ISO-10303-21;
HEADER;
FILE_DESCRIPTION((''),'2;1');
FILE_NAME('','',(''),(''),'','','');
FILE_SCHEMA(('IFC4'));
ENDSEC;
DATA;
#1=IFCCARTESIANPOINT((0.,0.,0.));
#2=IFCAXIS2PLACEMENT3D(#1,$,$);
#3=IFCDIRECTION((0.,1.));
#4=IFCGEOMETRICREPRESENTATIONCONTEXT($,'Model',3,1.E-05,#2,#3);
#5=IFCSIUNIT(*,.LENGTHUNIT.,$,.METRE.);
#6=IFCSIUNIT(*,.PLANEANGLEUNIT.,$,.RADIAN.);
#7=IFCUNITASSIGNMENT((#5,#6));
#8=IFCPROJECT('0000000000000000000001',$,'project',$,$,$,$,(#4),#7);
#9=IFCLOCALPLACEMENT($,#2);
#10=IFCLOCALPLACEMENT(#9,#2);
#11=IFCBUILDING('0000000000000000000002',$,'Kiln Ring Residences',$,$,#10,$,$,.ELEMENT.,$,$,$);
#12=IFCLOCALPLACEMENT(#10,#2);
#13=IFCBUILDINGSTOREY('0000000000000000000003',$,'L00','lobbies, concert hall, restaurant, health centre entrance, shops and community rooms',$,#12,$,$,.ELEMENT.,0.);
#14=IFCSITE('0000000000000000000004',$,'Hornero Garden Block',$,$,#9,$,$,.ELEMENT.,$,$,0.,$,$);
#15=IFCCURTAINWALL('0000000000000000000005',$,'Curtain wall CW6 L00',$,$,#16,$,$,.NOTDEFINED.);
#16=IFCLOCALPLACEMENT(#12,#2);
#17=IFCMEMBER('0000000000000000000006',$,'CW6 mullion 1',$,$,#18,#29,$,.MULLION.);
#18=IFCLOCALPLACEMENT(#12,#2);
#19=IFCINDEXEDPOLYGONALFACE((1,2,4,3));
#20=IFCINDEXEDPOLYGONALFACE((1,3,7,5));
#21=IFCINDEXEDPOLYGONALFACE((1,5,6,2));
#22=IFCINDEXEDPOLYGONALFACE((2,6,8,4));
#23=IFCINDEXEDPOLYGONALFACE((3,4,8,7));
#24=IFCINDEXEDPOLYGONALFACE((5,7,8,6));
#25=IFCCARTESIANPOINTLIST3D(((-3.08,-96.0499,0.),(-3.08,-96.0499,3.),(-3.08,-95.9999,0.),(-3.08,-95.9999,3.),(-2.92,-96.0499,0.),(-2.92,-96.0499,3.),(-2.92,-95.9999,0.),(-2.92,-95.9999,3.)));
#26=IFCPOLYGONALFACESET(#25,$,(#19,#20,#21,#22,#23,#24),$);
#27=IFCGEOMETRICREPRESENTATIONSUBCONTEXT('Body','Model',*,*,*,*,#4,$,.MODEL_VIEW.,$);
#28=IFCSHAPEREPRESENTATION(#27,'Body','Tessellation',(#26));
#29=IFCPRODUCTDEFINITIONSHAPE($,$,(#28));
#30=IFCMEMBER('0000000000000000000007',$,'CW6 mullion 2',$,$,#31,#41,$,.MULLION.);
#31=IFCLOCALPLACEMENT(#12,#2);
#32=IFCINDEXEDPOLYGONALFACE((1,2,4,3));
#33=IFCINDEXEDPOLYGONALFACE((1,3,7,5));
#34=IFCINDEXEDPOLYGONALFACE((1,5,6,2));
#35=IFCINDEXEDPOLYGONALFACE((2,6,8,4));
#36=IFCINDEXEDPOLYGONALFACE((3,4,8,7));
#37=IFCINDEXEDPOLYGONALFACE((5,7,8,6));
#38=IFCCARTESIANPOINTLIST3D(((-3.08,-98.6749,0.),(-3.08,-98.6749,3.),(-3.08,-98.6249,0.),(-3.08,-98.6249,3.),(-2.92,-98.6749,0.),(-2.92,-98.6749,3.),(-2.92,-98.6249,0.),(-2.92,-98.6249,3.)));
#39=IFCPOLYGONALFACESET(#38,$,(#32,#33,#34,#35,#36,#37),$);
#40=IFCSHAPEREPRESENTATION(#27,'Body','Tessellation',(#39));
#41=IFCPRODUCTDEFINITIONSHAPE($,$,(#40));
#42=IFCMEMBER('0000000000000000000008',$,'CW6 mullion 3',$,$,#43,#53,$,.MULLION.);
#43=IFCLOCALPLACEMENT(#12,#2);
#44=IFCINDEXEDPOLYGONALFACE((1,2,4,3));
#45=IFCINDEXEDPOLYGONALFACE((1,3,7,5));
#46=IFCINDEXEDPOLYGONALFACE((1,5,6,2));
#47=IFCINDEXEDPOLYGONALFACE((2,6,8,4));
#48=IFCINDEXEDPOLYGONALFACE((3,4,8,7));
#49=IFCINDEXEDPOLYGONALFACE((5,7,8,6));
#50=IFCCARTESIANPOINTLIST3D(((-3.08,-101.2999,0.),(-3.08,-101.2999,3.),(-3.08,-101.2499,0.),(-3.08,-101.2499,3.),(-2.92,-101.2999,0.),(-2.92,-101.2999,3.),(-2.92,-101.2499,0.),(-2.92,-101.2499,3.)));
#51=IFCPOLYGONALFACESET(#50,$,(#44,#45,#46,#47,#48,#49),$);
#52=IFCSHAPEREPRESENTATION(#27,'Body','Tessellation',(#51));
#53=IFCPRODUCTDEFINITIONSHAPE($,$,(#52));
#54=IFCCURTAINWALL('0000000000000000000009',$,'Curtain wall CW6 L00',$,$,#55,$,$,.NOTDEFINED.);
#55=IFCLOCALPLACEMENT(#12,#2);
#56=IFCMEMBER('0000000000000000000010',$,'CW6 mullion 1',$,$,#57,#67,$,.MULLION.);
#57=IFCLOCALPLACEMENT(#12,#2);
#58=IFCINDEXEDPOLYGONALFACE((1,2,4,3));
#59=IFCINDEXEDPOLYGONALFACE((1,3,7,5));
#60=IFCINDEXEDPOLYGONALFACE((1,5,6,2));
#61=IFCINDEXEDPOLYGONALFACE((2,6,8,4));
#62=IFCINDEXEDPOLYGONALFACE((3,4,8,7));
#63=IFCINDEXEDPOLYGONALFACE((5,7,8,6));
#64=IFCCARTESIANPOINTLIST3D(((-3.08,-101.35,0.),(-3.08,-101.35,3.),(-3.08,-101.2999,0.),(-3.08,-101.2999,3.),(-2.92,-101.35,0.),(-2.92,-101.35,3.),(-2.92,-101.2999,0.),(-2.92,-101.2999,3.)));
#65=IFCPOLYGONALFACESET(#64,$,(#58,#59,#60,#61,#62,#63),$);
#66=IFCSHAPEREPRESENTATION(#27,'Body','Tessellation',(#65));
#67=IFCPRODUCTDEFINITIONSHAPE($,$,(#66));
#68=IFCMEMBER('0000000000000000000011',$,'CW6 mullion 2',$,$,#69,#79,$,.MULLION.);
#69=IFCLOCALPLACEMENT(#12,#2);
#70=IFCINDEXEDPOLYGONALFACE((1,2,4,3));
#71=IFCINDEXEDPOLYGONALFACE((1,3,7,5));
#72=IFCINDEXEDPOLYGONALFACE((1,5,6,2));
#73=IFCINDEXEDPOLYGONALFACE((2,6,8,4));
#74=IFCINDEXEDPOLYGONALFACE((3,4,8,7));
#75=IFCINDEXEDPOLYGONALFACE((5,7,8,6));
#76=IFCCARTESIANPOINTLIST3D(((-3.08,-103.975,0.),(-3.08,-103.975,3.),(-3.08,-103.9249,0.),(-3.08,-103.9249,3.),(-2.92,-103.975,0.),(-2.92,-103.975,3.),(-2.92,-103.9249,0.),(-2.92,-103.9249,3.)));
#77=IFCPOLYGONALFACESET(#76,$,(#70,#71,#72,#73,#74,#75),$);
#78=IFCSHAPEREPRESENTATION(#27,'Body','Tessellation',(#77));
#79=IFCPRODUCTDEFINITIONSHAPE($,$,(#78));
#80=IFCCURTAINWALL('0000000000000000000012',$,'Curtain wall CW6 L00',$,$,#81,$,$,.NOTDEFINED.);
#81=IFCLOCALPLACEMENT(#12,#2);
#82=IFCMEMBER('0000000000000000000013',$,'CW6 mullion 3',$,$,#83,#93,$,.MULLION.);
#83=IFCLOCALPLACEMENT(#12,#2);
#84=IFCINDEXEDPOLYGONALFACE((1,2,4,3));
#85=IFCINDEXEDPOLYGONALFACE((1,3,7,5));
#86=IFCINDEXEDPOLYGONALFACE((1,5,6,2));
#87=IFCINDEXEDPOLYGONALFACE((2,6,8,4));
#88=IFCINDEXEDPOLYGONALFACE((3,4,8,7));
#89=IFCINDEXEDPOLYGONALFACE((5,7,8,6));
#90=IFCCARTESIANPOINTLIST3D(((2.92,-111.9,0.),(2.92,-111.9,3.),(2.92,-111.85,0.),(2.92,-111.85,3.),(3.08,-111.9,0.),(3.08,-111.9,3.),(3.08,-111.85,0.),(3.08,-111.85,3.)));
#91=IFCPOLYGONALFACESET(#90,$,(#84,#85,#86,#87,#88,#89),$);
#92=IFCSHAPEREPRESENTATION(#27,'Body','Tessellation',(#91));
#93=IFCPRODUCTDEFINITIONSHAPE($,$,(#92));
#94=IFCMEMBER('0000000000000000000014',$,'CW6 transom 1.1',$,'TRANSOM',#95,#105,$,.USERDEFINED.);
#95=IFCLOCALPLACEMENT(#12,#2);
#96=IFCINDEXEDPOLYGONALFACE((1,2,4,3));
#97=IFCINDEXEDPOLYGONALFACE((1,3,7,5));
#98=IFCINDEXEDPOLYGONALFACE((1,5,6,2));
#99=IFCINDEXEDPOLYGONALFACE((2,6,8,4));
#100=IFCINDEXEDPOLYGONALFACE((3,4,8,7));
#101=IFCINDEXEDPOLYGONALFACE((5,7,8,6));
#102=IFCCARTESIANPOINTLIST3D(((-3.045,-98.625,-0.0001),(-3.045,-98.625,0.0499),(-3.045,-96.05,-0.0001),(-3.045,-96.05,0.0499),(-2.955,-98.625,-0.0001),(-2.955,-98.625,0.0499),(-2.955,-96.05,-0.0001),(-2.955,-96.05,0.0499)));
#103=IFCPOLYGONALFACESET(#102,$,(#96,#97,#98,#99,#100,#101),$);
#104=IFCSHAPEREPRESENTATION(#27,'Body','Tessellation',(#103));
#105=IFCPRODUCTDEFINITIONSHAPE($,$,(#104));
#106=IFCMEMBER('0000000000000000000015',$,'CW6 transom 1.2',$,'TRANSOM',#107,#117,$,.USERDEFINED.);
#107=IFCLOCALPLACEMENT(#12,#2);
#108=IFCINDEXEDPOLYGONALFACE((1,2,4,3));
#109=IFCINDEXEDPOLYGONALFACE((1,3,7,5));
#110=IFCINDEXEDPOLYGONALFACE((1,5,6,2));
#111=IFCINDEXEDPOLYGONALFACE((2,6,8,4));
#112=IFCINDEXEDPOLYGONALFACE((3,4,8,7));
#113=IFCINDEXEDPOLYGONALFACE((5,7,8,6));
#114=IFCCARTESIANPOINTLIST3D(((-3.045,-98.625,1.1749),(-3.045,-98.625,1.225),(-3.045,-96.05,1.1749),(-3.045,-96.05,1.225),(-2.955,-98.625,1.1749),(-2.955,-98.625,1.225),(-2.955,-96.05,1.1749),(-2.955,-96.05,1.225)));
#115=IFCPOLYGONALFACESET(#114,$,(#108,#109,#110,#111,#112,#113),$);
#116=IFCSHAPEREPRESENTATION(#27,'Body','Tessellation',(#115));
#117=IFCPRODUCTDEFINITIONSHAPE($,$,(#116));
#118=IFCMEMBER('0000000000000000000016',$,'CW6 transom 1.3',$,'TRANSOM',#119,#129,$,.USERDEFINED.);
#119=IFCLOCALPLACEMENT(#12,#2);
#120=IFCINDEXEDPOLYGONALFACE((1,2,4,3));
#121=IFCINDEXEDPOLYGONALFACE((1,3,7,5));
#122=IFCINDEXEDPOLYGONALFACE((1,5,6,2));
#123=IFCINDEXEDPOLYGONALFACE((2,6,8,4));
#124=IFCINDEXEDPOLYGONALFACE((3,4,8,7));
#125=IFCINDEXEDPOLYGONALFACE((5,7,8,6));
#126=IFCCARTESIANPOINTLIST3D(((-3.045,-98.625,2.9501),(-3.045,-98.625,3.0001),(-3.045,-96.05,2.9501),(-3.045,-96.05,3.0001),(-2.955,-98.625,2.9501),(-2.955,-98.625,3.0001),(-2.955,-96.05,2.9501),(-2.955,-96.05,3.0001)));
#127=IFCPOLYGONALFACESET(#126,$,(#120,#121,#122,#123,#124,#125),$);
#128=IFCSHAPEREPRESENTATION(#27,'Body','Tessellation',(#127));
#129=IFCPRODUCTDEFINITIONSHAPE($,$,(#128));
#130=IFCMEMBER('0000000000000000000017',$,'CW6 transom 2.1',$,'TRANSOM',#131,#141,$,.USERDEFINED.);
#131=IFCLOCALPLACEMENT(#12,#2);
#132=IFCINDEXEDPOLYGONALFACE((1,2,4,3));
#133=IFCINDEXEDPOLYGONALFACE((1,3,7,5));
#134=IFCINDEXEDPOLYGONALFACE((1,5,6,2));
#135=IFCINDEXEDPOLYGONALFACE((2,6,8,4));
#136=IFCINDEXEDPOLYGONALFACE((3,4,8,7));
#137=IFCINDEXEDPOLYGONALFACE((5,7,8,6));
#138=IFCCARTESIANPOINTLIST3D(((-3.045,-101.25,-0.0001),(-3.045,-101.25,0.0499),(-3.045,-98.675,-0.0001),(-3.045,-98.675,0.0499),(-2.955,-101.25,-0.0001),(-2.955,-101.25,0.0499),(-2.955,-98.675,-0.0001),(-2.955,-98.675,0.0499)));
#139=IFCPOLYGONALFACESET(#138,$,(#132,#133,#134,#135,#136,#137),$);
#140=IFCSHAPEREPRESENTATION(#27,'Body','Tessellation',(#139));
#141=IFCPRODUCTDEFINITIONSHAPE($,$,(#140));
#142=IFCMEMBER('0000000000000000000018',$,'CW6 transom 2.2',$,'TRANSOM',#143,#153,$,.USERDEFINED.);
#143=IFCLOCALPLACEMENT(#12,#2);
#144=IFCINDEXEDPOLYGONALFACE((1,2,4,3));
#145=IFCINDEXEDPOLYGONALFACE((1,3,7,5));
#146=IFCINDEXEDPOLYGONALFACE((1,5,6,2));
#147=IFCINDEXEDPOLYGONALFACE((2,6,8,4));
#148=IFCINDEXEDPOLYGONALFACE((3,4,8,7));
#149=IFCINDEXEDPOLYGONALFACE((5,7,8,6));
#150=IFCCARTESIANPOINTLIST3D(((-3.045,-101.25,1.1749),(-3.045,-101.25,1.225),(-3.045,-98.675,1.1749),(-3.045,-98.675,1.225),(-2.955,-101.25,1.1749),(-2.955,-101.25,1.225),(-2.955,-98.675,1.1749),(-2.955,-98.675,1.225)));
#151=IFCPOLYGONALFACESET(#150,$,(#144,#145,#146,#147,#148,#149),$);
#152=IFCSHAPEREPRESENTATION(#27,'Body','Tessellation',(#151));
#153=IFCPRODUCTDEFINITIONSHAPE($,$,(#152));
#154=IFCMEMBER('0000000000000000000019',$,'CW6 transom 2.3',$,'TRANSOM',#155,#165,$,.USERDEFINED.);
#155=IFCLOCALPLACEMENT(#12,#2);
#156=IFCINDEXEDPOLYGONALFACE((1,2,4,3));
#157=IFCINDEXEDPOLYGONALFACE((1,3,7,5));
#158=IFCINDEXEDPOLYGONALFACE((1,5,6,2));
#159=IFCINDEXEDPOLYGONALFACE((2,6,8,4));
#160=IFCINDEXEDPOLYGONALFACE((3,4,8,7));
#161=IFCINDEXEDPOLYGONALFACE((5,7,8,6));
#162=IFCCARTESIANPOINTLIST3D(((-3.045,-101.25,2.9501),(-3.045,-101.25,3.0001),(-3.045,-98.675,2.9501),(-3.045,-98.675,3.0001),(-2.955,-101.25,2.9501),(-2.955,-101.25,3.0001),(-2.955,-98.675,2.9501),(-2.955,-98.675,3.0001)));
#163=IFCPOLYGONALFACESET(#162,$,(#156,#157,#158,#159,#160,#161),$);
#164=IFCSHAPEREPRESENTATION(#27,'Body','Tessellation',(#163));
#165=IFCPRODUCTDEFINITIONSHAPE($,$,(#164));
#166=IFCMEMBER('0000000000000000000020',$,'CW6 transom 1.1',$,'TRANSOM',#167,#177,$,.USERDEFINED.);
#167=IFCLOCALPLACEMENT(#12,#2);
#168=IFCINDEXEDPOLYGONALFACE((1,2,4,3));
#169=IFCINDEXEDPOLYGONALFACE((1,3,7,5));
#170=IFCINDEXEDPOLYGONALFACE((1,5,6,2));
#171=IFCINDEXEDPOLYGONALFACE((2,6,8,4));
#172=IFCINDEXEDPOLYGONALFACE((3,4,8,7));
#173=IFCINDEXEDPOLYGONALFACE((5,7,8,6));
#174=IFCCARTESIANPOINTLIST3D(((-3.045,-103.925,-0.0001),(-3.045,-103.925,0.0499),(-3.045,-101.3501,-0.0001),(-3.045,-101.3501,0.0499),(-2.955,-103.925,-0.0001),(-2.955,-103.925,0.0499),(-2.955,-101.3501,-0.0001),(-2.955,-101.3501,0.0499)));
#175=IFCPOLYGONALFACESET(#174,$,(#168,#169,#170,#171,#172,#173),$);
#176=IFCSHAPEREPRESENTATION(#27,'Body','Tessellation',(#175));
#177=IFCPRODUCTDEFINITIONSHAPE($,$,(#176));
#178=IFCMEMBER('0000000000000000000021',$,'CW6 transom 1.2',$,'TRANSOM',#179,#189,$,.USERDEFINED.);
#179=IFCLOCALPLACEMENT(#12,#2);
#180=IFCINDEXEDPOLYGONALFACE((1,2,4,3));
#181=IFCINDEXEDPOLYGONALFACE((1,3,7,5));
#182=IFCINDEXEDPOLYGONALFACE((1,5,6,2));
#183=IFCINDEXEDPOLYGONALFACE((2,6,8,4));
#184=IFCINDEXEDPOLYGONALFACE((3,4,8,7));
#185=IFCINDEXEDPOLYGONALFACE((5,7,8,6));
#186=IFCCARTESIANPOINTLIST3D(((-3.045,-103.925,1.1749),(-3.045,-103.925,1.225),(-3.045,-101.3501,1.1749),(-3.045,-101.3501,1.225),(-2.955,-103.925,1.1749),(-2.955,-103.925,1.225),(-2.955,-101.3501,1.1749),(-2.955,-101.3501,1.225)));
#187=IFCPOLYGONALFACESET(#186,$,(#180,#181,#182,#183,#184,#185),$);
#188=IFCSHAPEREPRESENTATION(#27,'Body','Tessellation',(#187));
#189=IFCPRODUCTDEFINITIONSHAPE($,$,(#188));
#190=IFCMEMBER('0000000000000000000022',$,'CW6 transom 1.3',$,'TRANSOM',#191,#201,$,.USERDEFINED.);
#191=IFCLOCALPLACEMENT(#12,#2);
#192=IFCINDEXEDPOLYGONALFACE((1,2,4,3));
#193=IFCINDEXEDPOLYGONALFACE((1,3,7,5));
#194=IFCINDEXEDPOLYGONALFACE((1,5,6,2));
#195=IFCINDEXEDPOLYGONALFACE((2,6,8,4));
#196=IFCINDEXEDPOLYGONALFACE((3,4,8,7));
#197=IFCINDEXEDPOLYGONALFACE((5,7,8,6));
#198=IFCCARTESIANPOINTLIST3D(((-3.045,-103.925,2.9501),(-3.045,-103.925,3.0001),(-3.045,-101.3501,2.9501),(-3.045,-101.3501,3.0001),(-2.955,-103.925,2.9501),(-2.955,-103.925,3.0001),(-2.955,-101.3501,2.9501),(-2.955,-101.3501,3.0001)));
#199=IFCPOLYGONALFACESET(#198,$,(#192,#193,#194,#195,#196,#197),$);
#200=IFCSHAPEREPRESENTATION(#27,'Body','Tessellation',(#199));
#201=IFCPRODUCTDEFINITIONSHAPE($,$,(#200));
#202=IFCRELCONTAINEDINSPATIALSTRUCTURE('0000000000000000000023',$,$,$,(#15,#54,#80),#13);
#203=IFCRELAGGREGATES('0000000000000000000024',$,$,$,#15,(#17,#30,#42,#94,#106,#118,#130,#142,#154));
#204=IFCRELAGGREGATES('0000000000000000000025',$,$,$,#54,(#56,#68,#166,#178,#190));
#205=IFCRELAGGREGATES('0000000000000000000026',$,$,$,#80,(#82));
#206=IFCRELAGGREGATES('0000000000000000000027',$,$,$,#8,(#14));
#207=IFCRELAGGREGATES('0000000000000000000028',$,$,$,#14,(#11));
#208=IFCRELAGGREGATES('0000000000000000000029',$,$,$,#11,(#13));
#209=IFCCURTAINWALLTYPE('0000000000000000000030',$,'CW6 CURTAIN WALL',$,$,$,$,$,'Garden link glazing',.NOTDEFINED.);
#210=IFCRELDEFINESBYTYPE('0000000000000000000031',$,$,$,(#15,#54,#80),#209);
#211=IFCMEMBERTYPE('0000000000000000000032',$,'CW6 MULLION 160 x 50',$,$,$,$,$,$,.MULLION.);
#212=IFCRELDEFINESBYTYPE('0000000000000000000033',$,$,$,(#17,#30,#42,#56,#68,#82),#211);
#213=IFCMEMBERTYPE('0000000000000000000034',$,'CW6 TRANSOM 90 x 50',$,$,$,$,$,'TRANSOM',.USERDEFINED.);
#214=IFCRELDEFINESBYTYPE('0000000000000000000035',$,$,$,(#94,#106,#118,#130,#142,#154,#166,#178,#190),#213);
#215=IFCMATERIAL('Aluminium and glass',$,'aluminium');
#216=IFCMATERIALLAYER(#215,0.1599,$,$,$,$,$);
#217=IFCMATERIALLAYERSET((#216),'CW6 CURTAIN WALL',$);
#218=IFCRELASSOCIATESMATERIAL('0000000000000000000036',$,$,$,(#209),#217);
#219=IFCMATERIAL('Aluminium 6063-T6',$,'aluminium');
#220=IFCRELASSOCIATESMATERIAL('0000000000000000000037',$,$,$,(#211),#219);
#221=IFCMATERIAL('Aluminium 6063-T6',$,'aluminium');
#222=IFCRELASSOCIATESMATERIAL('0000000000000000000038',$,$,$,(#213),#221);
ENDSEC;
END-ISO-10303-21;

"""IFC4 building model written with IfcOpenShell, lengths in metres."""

from ifc_helpers import new_model, si_unit, direction, frame, origin, origin_2d, place, context, subcontext, project, spatial, rectangle, extrude, material, layer, layer_set, material_profile, profile_set, type_object, element, aggregate, save


model = new_model("IFC4")

# Units and contexts
model_context = context("Model", 3, precision=1e-05, world=origin(), true_north=direction((0.0, 1.0)))
body_context = subcontext(model_context, "Body", "Model", "MODEL_VIEW")
ifc_project = project(units=[si_unit("LENGTHUNIT", "METRE"), si_unit("PLANEANGLEUNIT", "RADIAN")], contexts=[model_context])

# Site, building, storey
site_placement = place(None, origin())
site = spatial("IfcSite", under=ifc_project, at=site_placement, Name="Hornero Garden Block", CompositionType="ELEMENT", RefElevation=0.0)
building_placement = place(site_placement, origin())
building = spatial("IfcBuilding", under=site, at=building_placement, Name="Kiln Ring Residences", CompositionType="ELEMENT")
storey_placement = place(building_placement, origin())
storey = spatial("IfcBuildingStorey", under=building, at=storey_placement, Name="L00", Description="lobbies, concert hall, restaurant, health centre entrance, shops and community rooms", CompositionType="ELEMENT", Elevation=0.0)

# Curtain walls, members
ifc_material_1 = material(Name="Aluminium and glass", Category="aluminium")
ifc_layer_1 = layer(ifc_material_1, 0.1599)
ifc_layer_set_1 = layer_set([ifc_layer_1], Name="CW6 CURTAIN WALL")
curtain_wall_type = type_object("IfcCurtainWallType", Name="CW6 CURTAIN WALL", ElementType="Garden link glazing", PredefinedType="NOTDEFINED", material=ifc_layer_set_1)
placement = place(storey_placement, origin())
curtain_wall_1 = element("IfcCurtainWall", 1, at=placement, inside=storey, type_object=curtain_wall_type, Name="Curtain wall CW6 L00", PredefinedType="NOTDEFINED")
ifc_material_2 = material(Name="Aluminium 6063-T6", Category="aluminium")
ifc_material_profile_1 = material_profile(ifc_material_2, rectangle(XDim=0.1599, YDim=0.05, at=origin_2d()), Name="AL 160x50")
ifc_profile_set_1 = profile_set([ifc_material_profile_1], Name="Aluminium 6063-T6")
member_type_1 = type_object("IfcMemberType", Name="CW6 MULLION 160 x 50", PredefinedType="MULLION", material=ifc_profile_set_1)
member_1_placement = place(storey_placement, frame((-3.0, -96.0249, 0.0), z_axis=(0.0, 0.0, 1.0), x_axis=(1.0, 0.0, 0.0)))
member_1 = element("IfcMember", 2, at=member_1_placement, type_object=member_type_1, Name="CW6 mullion 1", PredefinedType="MULLION", context=body_context, shape_type="SweptSolid", body=[
    extrude(rectangle(XDim=0.1599, YDim=0.05, at=origin_2d()), origin(), (0.0, 0.0, 1.0), 3.0),
])
member_2_placement = place(storey_placement, frame((-3.0, -98.6499, 0.0), z_axis=(0.0, 0.0, 1.0), x_axis=(1.0, 0.0, 0.0)))
member_2 = element("IfcMember", 3, at=member_2_placement, type_object=member_type_1, Name="CW6 mullion 2", PredefinedType="MULLION", context=body_context, shape_type="SweptSolid", body=[
    extrude(rectangle(XDim=0.1599, YDim=0.05, at=origin_2d()), origin(), (0.0, 0.0, 1.0), 3.0),
])
member_3_placement = place(storey_placement, frame((-3.0, -101.2749, 0.0), z_axis=(0.0, 0.0, 1.0), x_axis=(1.0, 0.0, 0.0)))
member_3 = element("IfcMember", 4, at=member_3_placement, type_object=member_type_1, Name="CW6 mullion 3", PredefinedType="MULLION", context=body_context, shape_type="SweptSolid", body=[
    extrude(rectangle(XDim=0.1599, YDim=0.05, at=origin_2d()), origin(), (0.0, 0.0, 1.0), 3.0),
])
curtain_wall_2 = element("IfcCurtainWall", 5, at=placement, inside=storey, type_object=curtain_wall_type, Name="Curtain wall CW6 L00", PredefinedType="NOTDEFINED")
member_4_placement = place(storey_placement, frame((-3.0, -101.325, 0.0), z_axis=(0.0, 0.0, 1.0), x_axis=(1.0, 0.0, 0.0)))
member_4 = element("IfcMember", 6, at=member_4_placement, type_object=member_type_1, Name="CW6 mullion 1", PredefinedType="MULLION", context=body_context, shape_type="SweptSolid", body=[
    extrude(rectangle(XDim=0.1599, YDim=0.05, at=origin_2d()), origin(), (0.0, 0.0, 1.0), 3.0),
])
member_5_placement = place(storey_placement, frame((-3.0, -103.95, 0.0), z_axis=(0.0, 0.0, 1.0), x_axis=(1.0, 0.0, 0.0)))
member_5 = element("IfcMember", 7, at=member_5_placement, type_object=member_type_1, Name="CW6 mullion 2", PredefinedType="MULLION", context=body_context, shape_type="SweptSolid", body=[
    extrude(rectangle(XDim=0.1599, YDim=0.05, at=origin_2d()), origin(), (0.0, 0.0, 1.0), 3.0),
])

# Curtain wall, member
curtain_wall_3 = element("IfcCurtainWall", 8, at=placement, inside=storey, type_object=curtain_wall_type, Name="Curtain wall CW6 L00", PredefinedType="NOTDEFINED")
member_6_placement = place(storey_placement, frame((3.0, -111.875, 0.0), z_axis=(0.0, 0.0, 1.0), x_axis=(1.0, 0.0, 0.0)))
member_6 = element("IfcMember", 9, at=member_6_placement, type_object=member_type_1, Name="CW6 mullion 3", PredefinedType="MULLION", context=body_context, shape_type="SweptSolid", body=[
    extrude(rectangle(XDim=0.1599, YDim=0.05, at=origin_2d()), origin(), (0.0, 0.0, 1.0), 3.0),
])

# Members
ifc_material_3 = material(Name="Aluminium 6063-T6", Category="aluminium")
ifc_material_profile_2 = material_profile(ifc_material_3, rectangle(XDim=0.0901, YDim=0.05, at=origin_2d()), Name="AL 90x50")
ifc_profile_set_2 = profile_set([ifc_material_profile_2], Name="Aluminium 6063-T6")
member_type_2 = type_object("IfcMemberType", Name="CW6 TRANSOM 90 x 50", ElementType="TRANSOM", PredefinedType="USERDEFINED", material=ifc_profile_set_2)
member_7_placement = place(storey_placement, frame((-3.0, -96.05, 0.0249), z_axis=(0.0, -1.0, 0.0), x_axis=(1.0, 0.0, 0.0)))
member_7 = element("IfcMember", 10, at=member_7_placement, type_object=member_type_2, Name="CW6 transom 1.1", ObjectType="TRANSOM", PredefinedType="USERDEFINED", context=body_context, shape_type="SweptSolid", body=[
    extrude(rectangle(XDim=0.0901, YDim=0.05, at=origin_2d()), origin(), (0.0, 0.0, 1.0), 2.575),
])
member_8_placement = place(storey_placement, frame((-3.0, -96.05, 1.2), z_axis=(0.0, -1.0, 0.0), x_axis=(1.0, 0.0, 0.0)))
member_8 = element("IfcMember", 11, at=member_8_placement, type_object=member_type_2, Name="CW6 transom 1.2", ObjectType="TRANSOM", PredefinedType="USERDEFINED", context=body_context, shape_type="SweptSolid", body=[
    extrude(rectangle(XDim=0.0901, YDim=0.05, at=origin_2d()), origin(), (0.0, 0.0, 1.0), 2.575),
])
member_9_placement = place(storey_placement, frame((-3.0, -96.05, 2.9751), z_axis=(0.0, -1.0, 0.0), x_axis=(1.0, 0.0, 0.0)))
member_9 = element("IfcMember", 12, at=member_9_placement, type_object=member_type_2, Name="CW6 transom 1.3", ObjectType="TRANSOM", PredefinedType="USERDEFINED", context=body_context, shape_type="SweptSolid", body=[
    extrude(rectangle(XDim=0.0901, YDim=0.05, at=origin_2d()), origin(), (0.0, 0.0, 1.0), 2.575),
])
member_10_placement = place(storey_placement, frame((-3.0, -98.675, 0.0249), z_axis=(0.0, -1.0, 0.0), x_axis=(1.0, 0.0, 0.0)))
member_10 = element("IfcMember", 13, at=member_10_placement, type_object=member_type_2, Name="CW6 transom 2.1", ObjectType="TRANSOM", PredefinedType="USERDEFINED", context=body_context, shape_type="SweptSolid", body=[
    extrude(rectangle(XDim=0.0901, YDim=0.05, at=origin_2d()), origin(), (0.0, 0.0, 1.0), 2.575),
])
member_11_placement = place(storey_placement, frame((-3.0, -98.675, 1.2), z_axis=(0.0, -1.0, 0.0), x_axis=(1.0, 0.0, 0.0)))
member_11 = element("IfcMember", 14, at=member_11_placement, type_object=member_type_2, Name="CW6 transom 2.2", ObjectType="TRANSOM", PredefinedType="USERDEFINED", context=body_context, shape_type="SweptSolid", body=[
    extrude(rectangle(XDim=0.0901, YDim=0.05, at=origin_2d()), origin(), (0.0, 0.0, 1.0), 2.575),
])
member_12_placement = place(storey_placement, frame((-3.0, -98.675, 2.9751), z_axis=(0.0, -1.0, 0.0), x_axis=(1.0, 0.0, 0.0)))
member_12 = element("IfcMember", 15, at=member_12_placement, type_object=member_type_2, Name="CW6 transom 2.3", ObjectType="TRANSOM", PredefinedType="USERDEFINED", context=body_context, shape_type="SweptSolid", body=[
    extrude(rectangle(XDim=0.0901, YDim=0.05, at=origin_2d()), origin(), (0.0, 0.0, 1.0), 2.575),
])
member_13_placement = place(storey_placement, frame((-3.0, -101.3501, 0.0249), z_axis=(0.0, -1.0, 0.0), x_axis=(1.0, 0.0, 0.0)))
member_13 = element("IfcMember", 16, at=member_13_placement, type_object=member_type_2, Name="CW6 transom 1.1", ObjectType="TRANSOM", PredefinedType="USERDEFINED", context=body_context, shape_type="SweptSolid", body=[
    extrude(rectangle(XDim=0.0901, YDim=0.05, at=origin_2d()), origin(), (0.0, 0.0, 1.0), 2.575),
])
member_14_placement = place(storey_placement, frame((-3.0, -101.3501, 1.2), z_axis=(0.0, -1.0, 0.0), x_axis=(1.0, 0.0, 0.0)))
member_14 = element("IfcMember", 17, at=member_14_placement, type_object=member_type_2, Name="CW6 transom 1.2", ObjectType="TRANSOM", PredefinedType="USERDEFINED", context=body_context, shape_type="SweptSolid", body=[
    extrude(rectangle(XDim=0.0901, YDim=0.05, at=origin_2d()), origin(), (0.0, 0.0, 1.0), 2.575),
])
member_15_placement = place(storey_placement, frame((-3.0, -101.3501, 2.9751), z_axis=(0.0, -1.0, 0.0), x_axis=(1.0, 0.0, 0.0)))
member_15 = element("IfcMember", 18, at=member_15_placement, type_object=member_type_2, Name="CW6 transom 1.3", ObjectType="TRANSOM", PredefinedType="USERDEFINED", context=body_context, shape_type="SweptSolid", body=[
    extrude(rectangle(XDim=0.0901, YDim=0.05, at=origin_2d()), origin(), (0.0, 0.0, 1.0), 2.575),
])

aggregate(curtain_wall_1, [member_1, member_2, member_3, member_7, member_8, member_9, member_10, member_11, member_12])
aggregate(curtain_wall_2, [member_4, member_5, member_13, member_14, member_15])
aggregate(curtain_wall_3, [member_6])

save(model, "model.ifc")
